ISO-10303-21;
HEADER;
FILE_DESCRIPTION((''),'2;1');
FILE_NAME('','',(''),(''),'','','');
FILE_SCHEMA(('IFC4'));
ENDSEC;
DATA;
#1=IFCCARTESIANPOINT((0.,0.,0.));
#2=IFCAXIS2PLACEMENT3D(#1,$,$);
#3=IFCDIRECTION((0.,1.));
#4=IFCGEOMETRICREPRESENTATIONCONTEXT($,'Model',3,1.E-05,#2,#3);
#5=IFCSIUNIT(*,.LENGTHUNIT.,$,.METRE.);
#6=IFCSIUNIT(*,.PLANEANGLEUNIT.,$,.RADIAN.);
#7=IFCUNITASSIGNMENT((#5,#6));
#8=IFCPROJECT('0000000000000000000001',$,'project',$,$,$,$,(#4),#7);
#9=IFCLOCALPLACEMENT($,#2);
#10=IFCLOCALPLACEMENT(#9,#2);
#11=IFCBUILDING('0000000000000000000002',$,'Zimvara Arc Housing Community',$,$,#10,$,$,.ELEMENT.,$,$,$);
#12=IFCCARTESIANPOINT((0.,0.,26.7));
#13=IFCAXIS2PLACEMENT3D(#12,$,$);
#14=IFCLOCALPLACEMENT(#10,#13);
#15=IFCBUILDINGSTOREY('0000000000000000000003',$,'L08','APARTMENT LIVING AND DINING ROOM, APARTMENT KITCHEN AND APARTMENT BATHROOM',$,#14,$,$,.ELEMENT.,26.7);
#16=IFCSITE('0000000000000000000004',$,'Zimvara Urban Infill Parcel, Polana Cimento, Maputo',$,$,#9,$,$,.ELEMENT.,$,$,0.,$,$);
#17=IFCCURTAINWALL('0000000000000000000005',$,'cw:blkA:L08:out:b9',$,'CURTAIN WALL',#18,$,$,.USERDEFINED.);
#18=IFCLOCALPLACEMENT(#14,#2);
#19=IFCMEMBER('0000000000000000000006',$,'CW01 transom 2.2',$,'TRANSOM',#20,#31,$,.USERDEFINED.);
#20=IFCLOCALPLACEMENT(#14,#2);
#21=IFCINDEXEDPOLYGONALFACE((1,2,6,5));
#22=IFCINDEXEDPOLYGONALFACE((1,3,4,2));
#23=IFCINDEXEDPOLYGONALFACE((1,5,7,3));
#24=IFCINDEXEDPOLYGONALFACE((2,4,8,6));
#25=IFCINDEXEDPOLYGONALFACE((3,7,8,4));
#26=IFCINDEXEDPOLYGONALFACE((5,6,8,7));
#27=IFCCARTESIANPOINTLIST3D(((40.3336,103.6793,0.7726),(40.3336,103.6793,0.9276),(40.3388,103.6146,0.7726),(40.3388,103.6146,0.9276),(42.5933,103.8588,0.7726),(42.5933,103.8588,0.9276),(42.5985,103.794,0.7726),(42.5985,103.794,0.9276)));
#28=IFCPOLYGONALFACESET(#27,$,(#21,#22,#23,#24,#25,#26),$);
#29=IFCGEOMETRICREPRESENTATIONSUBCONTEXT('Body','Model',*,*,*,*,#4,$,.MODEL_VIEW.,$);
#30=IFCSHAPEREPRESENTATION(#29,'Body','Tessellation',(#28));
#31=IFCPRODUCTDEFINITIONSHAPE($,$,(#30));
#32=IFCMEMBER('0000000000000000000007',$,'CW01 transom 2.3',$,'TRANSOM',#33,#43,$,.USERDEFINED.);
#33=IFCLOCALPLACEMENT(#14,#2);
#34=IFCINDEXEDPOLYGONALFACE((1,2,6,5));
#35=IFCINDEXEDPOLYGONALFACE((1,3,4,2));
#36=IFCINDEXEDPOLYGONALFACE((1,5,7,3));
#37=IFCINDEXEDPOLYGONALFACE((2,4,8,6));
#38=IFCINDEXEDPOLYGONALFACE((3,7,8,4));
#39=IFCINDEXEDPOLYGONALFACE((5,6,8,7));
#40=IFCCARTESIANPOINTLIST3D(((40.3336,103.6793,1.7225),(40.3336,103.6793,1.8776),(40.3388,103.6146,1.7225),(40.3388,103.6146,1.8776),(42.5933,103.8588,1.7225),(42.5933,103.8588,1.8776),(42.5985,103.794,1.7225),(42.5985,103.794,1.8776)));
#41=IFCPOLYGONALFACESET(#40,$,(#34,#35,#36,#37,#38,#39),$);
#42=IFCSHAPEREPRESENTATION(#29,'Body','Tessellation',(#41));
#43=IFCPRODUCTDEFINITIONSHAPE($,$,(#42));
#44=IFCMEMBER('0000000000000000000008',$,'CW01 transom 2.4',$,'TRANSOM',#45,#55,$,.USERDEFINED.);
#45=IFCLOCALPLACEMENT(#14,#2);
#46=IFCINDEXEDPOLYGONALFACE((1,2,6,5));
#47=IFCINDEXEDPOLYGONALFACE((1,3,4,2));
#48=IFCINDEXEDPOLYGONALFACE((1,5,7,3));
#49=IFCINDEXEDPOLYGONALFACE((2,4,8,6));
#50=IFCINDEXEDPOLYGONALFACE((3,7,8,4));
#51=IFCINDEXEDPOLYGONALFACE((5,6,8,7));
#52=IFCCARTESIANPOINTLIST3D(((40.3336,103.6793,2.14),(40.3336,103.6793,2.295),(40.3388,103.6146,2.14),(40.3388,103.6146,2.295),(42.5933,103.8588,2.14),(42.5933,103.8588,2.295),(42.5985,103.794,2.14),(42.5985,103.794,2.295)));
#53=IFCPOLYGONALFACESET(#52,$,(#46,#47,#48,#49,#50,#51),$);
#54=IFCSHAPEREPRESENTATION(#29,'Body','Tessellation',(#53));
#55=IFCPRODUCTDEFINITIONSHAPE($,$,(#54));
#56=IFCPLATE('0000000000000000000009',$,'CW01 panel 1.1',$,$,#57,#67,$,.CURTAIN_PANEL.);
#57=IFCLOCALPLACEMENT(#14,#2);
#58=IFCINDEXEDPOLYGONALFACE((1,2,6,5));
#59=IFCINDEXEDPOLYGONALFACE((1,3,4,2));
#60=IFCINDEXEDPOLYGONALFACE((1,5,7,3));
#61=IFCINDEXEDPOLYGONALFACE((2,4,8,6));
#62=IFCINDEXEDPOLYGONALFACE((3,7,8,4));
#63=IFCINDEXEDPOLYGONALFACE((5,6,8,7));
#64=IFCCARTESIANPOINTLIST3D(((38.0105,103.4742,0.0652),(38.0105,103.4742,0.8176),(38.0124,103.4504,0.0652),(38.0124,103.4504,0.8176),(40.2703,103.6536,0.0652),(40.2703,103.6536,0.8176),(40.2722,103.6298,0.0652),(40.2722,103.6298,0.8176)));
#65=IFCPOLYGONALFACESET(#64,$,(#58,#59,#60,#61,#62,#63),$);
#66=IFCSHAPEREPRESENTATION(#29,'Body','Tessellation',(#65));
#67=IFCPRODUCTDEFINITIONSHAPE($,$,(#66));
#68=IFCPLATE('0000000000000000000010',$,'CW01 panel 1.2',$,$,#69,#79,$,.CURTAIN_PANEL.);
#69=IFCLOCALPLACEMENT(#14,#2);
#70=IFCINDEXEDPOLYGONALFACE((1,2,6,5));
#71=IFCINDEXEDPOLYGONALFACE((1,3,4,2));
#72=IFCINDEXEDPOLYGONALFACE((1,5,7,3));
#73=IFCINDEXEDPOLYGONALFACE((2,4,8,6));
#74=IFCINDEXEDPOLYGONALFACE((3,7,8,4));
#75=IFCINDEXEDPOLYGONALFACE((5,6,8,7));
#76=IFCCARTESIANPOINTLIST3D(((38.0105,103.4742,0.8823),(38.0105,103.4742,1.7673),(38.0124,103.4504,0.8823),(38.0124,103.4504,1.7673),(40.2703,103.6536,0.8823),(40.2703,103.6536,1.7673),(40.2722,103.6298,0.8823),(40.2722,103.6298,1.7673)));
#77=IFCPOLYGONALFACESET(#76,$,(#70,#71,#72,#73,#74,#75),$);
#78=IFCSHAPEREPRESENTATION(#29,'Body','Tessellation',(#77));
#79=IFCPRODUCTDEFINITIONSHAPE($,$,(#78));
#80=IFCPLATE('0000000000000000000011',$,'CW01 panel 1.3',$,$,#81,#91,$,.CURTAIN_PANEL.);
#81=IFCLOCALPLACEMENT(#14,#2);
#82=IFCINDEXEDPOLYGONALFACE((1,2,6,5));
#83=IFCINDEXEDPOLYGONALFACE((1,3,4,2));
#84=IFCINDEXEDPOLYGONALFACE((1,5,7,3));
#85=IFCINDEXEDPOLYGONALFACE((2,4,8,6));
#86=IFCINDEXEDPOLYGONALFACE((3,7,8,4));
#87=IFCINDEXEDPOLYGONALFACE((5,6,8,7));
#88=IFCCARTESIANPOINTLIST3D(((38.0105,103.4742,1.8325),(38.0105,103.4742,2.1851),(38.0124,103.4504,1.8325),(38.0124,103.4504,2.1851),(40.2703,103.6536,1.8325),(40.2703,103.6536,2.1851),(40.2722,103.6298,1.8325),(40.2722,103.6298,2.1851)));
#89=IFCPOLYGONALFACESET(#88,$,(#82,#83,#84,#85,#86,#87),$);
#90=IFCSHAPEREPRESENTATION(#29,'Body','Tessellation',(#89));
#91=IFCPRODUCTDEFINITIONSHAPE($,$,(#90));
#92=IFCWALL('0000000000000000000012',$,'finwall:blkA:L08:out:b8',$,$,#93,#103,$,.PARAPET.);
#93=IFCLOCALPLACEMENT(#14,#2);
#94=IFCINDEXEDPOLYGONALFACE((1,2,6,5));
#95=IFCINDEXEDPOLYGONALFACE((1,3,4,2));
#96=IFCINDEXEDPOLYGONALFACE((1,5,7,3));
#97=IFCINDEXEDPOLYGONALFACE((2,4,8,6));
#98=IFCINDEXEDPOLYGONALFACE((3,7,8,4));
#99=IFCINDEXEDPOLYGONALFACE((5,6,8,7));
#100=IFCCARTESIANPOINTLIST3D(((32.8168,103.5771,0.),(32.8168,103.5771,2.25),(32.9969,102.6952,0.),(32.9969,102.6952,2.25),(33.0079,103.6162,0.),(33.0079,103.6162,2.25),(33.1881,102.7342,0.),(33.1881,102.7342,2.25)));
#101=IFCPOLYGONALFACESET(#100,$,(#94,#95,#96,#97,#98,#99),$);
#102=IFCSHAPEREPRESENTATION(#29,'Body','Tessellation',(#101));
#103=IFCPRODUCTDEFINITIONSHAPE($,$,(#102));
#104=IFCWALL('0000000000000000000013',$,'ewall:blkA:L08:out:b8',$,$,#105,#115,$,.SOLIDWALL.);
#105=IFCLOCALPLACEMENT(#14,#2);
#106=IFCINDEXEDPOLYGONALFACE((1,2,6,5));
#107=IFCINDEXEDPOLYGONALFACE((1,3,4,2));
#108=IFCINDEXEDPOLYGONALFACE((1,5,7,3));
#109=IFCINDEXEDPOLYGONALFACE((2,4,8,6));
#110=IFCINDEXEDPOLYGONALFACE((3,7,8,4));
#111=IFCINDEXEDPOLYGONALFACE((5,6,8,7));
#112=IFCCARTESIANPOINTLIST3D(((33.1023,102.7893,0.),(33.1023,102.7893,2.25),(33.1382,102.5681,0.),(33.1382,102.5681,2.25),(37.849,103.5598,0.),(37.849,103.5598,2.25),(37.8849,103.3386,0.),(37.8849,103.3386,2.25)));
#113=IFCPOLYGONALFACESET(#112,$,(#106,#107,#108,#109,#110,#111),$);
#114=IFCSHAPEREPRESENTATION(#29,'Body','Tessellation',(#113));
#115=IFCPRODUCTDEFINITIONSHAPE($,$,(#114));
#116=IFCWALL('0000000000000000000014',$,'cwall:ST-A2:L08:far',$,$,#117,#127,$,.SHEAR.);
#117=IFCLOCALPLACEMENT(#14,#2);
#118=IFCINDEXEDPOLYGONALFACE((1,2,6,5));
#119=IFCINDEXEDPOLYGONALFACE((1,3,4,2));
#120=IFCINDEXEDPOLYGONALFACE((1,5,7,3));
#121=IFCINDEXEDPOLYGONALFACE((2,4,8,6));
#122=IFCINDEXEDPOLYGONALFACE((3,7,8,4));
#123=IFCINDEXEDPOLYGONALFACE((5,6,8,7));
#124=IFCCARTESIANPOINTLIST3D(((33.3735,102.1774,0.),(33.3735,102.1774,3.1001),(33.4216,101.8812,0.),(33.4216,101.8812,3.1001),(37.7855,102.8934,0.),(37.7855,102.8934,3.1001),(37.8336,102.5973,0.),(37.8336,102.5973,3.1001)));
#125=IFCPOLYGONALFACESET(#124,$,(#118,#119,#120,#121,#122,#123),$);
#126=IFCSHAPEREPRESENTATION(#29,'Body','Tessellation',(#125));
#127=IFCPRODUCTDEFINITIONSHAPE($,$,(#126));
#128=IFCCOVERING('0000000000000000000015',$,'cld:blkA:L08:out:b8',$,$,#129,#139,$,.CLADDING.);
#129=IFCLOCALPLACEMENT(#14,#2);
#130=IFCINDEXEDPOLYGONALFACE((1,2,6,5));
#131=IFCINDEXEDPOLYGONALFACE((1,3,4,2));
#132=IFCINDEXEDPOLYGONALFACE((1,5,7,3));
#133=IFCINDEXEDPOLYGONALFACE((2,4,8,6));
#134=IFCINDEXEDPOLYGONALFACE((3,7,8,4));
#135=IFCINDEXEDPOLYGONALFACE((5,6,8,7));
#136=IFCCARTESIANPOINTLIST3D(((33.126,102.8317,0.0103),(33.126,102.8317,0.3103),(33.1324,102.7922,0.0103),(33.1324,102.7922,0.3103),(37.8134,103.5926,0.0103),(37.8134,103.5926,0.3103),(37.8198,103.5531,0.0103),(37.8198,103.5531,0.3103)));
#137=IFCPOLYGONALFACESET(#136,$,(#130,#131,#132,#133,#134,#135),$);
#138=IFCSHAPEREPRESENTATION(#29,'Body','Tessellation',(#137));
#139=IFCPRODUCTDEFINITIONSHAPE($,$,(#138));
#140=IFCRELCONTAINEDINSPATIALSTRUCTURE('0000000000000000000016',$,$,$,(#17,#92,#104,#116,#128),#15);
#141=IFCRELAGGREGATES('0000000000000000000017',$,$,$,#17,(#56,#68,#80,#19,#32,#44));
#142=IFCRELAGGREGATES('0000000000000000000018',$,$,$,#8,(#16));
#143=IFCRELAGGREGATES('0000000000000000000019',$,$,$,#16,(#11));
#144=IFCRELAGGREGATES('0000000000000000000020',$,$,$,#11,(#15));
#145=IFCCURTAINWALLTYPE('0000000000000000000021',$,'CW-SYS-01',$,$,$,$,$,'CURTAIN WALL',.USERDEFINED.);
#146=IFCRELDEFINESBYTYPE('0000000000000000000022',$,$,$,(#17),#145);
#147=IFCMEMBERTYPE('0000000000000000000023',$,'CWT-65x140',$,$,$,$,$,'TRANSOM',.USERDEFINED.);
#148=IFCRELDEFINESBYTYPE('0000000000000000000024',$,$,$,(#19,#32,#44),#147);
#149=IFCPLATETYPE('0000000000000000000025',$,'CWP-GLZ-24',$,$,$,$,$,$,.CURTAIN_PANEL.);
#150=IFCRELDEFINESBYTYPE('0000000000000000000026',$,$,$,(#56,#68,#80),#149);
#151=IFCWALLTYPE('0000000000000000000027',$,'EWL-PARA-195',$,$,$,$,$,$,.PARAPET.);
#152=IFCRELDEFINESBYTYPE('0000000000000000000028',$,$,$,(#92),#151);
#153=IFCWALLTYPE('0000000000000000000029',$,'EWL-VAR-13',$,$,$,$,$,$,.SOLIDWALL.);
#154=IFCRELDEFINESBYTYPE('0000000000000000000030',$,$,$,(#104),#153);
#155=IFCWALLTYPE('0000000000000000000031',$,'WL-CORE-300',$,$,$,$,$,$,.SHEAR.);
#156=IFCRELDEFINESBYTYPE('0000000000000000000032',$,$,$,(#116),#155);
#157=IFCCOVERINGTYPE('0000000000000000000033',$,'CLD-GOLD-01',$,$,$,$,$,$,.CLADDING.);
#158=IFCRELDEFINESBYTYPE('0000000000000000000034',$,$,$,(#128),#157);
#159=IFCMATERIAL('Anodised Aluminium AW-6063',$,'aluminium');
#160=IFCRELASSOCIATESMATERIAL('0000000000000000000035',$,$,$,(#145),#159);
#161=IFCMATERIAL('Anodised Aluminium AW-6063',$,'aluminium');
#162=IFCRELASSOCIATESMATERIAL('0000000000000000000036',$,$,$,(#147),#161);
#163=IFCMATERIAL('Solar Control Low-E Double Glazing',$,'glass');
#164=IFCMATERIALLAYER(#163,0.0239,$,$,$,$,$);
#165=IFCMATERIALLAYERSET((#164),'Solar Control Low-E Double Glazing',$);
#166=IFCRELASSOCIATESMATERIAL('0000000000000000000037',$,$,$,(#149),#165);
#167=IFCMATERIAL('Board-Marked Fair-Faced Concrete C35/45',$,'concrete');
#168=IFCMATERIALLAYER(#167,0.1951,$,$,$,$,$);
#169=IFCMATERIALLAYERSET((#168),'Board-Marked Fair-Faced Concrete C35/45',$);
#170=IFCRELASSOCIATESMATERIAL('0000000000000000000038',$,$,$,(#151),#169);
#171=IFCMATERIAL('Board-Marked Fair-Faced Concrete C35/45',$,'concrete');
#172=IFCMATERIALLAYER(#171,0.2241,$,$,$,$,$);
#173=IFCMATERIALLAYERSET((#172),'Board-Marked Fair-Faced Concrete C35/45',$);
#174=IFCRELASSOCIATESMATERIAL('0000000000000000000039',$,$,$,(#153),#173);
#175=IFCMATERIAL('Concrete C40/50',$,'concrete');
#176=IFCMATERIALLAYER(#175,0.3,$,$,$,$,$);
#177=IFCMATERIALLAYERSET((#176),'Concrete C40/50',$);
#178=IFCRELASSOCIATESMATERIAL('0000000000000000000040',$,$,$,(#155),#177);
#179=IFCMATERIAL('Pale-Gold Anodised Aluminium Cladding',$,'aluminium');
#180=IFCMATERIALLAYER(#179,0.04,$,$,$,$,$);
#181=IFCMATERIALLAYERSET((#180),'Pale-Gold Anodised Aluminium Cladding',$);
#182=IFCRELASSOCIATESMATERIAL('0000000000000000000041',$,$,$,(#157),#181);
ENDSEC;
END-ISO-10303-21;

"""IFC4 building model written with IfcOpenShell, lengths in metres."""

from ifc_helpers import new_model, si_unit, direction, frame, frame_2d, origin, origin_2d, place, context, subcontext, project, spatial, rectangle, extrude, material, layer, layer_set, material_profile, profile_set, type_object, element, aggregate, save


model = new_model("IFC4")

# Units and contexts
model_context = context("Model", 3, precision=1e-05, world=origin(), true_north=direction((0.0, 1.0)))
body_context = subcontext(model_context, "Body", "Model", "MODEL_VIEW")
ifc_project = project(units=[si_unit("LENGTHUNIT", "METRE"), si_unit("PLANEANGLEUNIT", "RADIAN")], contexts=[model_context])

# Site, building, storey
site_placement = place(None, origin())
site = spatial("IfcSite", under=ifc_project, at=site_placement, Name="Zimvara Urban Infill Parcel, Polana Cimento, Maputo", CompositionType="ELEMENT", RefElevation=0.0)
building_placement = place(site_placement, origin())
building = spatial("IfcBuilding", under=site, at=building_placement, Name="Zimvara Arc Housing Community", CompositionType="ELEMENT")
storey_placement = place(building_placement, frame((0.0, 0.0, 26.7)))
storey = spatial("IfcBuildingStorey", under=building, at=storey_placement, Name="L08", Description="APARTMENT LIVING AND DINING ROOM, APARTMENT KITCHEN AND APARTMENT BATHROOM", CompositionType="ELEMENT", Elevation=26.7)

# Curtain wall, members, plates
ifc_material_1 = material(Name="Anodised Aluminium AW-6063", Category="aluminium")
curtain_wall_type_1 = type_object("IfcCurtainWallType", Name="CW-SYS-01", ElementType="CURTAIN WALL", PredefinedType="USERDEFINED", material=ifc_material_1)
curtain_wall_1_placement = place(storey_placement, origin())
curtain_wall_1 = element("IfcCurtainWall", 1, at=curtain_wall_1_placement, inside=storey, type_object=curtain_wall_type_1, Name="cw:blkA:L08:out:b9", ObjectType="CURTAIN WALL", PredefinedType="USERDEFINED")
ifc_material_2 = material(Name="Anodised Aluminium AW-6063", Category="aluminium")
ifc_material_profile_1 = material_profile(ifc_material_2, rectangle(XDim=0.0649, YDim=0.155, at=origin_2d()), Name="ALU 65x155")
ifc_profile_set_1 = profile_set([ifc_material_profile_1], Name="Anodised Aluminium AW-6063")
member_type_1 = type_object("IfcMemberType", Name="CWT-65x140", ElementType="TRANSOM", PredefinedType="USERDEFINED", material=ifc_profile_set_1)
member_1_placement = place(storey_placement, frame((40.3362, 103.647, 0.8501), z_axis=(0.996862, 0.079159, 0.0), x_axis=(-0.079159, 0.996862, 0.0)))
member_1 = element("IfcMember", 2, at=member_1_placement, type_object=member_type_1, Name="CW01 transom 2.2", ObjectType="TRANSOM", PredefinedType="USERDEFINED", context=body_context, shape_type="SweptSolid", body=[
    extrude(rectangle(XDim=0.0649, YDim=0.155, at=origin_2d()), origin(), (0.0, 0.0, 1.0), 2.2668),
])
member_2_placement = place(storey_placement, frame((40.3362, 103.647, 1.8), z_axis=(0.996862, 0.079159, 0.0), x_axis=(-0.079159, 0.996862, 0.0)))
member_2 = element("IfcMember", 3, at=member_2_placement, type_object=member_type_1, Name="CW01 transom 2.3", ObjectType="TRANSOM", PredefinedType="USERDEFINED", context=body_context, shape_type="SweptSolid", body=[
    extrude(rectangle(XDim=0.0649, YDim=0.155, at=origin_2d()), origin(), (0.0, 0.0, 1.0), 2.2668),
])
member_3_placement = place(storey_placement, frame((40.3362, 103.647, 2.2175), z_axis=(0.996862, 0.079159, 0.0), x_axis=(-0.079159, 0.996862, 0.0)))
member_3 = element("IfcMember", 4, at=member_3_placement, type_object=member_type_1, Name="CW01 transom 2.4", ObjectType="TRANSOM", PredefinedType="USERDEFINED", context=body_context, shape_type="SweptSolid", body=[
    extrude(rectangle(XDim=0.0649, YDim=0.155, at=origin_2d()), origin(), (0.0, 0.0, 1.0), 2.2668),
])
ifc_material_3 = material(Name="Solar Control Low-E Double Glazing", Category="glass")
ifc_layer_1 = layer(ifc_material_3, 0.0239)
ifc_layer_set_1 = layer_set([ifc_layer_1], Name="Solar Control Low-E Double Glazing")
plate_type = type_object("IfcPlateType", Name="CWP-GLZ-24", PredefinedType="CURTAIN_PANEL", material=ifc_layer_set_1)
plate_1_placement = place(storey_placement, frame((39.1414, 103.552, 0.0652), z_axis=(0.0, 0.0, 1.0), x_axis=(0.996862, 0.079154, 0.0)))
plate_1 = element("IfcPlate", 5, at=plate_1_placement, type_object=plate_type, Name="CW01 panel 1.1", PredefinedType="CURTAIN_PANEL", context=body_context, shape_type="SweptSolid", body=[
    extrude(rectangle(XDim=2.2668, YDim=0.0239, at=origin_2d()), origin(), (0.0, 0.0, 1.0), 0.7524),
])
plate_2_placement = place(storey_placement, frame((39.1414, 103.552, 0.8823), z_axis=(0.0, 0.0, 1.0), x_axis=(0.996862, 0.079154, 0.0)))
plate_2 = element("IfcPlate", 6, at=plate_2_placement, type_object=plate_type, Name="CW01 panel 1.2", PredefinedType="CURTAIN_PANEL", context=body_context, shape_type="SweptSolid", body=[
    extrude(rectangle(XDim=2.2668, YDim=0.0239, at=origin_2d()), origin(), (0.0, 0.0, 1.0), 0.885),
])
plate_3_placement = place(storey_placement, frame((39.1414, 103.552, 1.8325), z_axis=(0.0, 0.0, 1.0), x_axis=(0.996862, 0.079154, 0.0)))
plate_3 = element("IfcPlate", 7, at=plate_3_placement, type_object=plate_type, Name="CW01 panel 1.3", PredefinedType="CURTAIN_PANEL", context=body_context, shape_type="SweptSolid", body=[
    extrude(rectangle(XDim=2.2668, YDim=0.0239, at=origin_2d()), origin(), (0.0, 0.0, 1.0), 0.3525),
])
aggregate(curtain_wall_1, [plate_1, plate_2, plate_3, member_1, member_2, member_3])

# Walls
ifc_material_4 = material(Name="Board-Marked Fair-Faced Concrete C35/45", Category="concrete")
ifc_layer_2 = layer(ifc_material_4, 0.1951)
ifc_layer_set_2 = layer_set([ifc_layer_2], Name="Board-Marked Fair-Faced Concrete C35/45")
wall_type_1 = type_object("IfcWallType", Name="EWL-PARA-195", PredefinedType="PARAPET", material=ifc_layer_set_2)
wall_1_placement = place(storey_placement, frame((33.0925, 102.7146, 0.0), z_axis=(0.0, 0.0, 1.0), x_axis=(-0.200183, 0.979758, 0.0)))
element("IfcWall", 8, at=wall_1_placement, inside=storey, type_object=wall_type_1, Name="finwall:blkA:L08:out:b8", PredefinedType="PARAPET", context=body_context, shape_type="SweptSolid", body=[
    extrude(rectangle(XDim=0.9001, YDim=0.1951, at=frame_2d((0.4502, 0.0))), origin(), (0.0, 0.0, 1.0), 2.25),
])
ifc_material_5 = material(Name="Board-Marked Fair-Faced Concrete C35/45", Category="concrete")
ifc_layer_3 = layer(ifc_material_5, 0.2241)
ifc_layer_set_3 = layer_set([ifc_layer_3], Name="Board-Marked Fair-Faced Concrete C35/45")
wall_type_2 = type_object("IfcWallType", Name="EWL-VAR-13", PredefinedType="SOLIDWALL", material=ifc_layer_set_3)
wall_2_placement = place(storey_placement, frame((33.1204, 102.6787, 0.0), z_axis=(0.0, 0.0, 1.0), x_axis=(0.987081, 0.160224, 0.0)))
element("IfcWall", 9, at=wall_2_placement, inside=storey, type_object=wall_type_2, Name="ewall:blkA:L08:out:b8", PredefinedType="SOLIDWALL", context=body_context, shape_type="SweptSolid", body=[
    extrude(rectangle(XDim=4.8088, YDim=0.2241, at=frame_2d((2.4043, 0.0))), origin(), (0.0, 0.0, 1.0), 2.25),
])
ifc_material_6 = material(Name="Concrete C40/50", Category="concrete")
ifc_layer_4 = layer(ifc_material_6, 0.3)
ifc_layer_set_4 = layer_set([ifc_layer_4], Name="Concrete C40/50")
wall_type_3 = type_object("IfcWallType", Name="WL-CORE-300", PredefinedType="SHEAR", material=ifc_layer_set_4)
wall_3_placement = place(storey_placement, frame((37.8096, 102.7454, 0.0), z_axis=(0.0, 0.0, 1.0), x_axis=(-0.987085, -0.160199, 0.0)))
element("IfcWall", 10, at=wall_3_placement, inside=storey, type_object=wall_type_3, Name="cwall:ST-A2:L08:far", PredefinedType="SHEAR", context=body_context, shape_type="SweptSolid", body=[
    extrude(rectangle(XDim=4.4697, YDim=0.3, at=frame_2d((2.2349, 0.0))), origin(), (0.0, 0.0, 1.0), 3.1001),
])

# Covering
ifc_material_7 = material(Name="Pale-Gold Anodised Aluminium Cladding", Category="aluminium")
ifc_layer_5 = layer(ifc_material_7, 0.04)
ifc_layer_set_5 = layer_set([ifc_layer_5], Name="Pale-Gold Anodised Aluminium Cladding")
covering_type = type_object("IfcCoveringType", Name="CLD-GOLD-01", PredefinedType="CLADDING", material=ifc_layer_set_5)
covering_placement = place(storey_placement, frame((35.4729, 103.1924, 0.0103), z_axis=(0.0, 0.0, 1.0), x_axis=(0.98708, 0.160226, 0.0)))
element("IfcCovering", 11, at=covering_placement, inside=storey, type_object=covering_type, Name="cld:blkA:L08:out:b8", PredefinedType="CLADDING", context=body_context, shape_type="SweptSolid", body=[
    extrude(rectangle(XDim=4.7488, YDim=0.04, at=origin_2d()), origin(), (0.0, 0.0, 1.0), 0.3),
])

save(model, "model.ifc")
